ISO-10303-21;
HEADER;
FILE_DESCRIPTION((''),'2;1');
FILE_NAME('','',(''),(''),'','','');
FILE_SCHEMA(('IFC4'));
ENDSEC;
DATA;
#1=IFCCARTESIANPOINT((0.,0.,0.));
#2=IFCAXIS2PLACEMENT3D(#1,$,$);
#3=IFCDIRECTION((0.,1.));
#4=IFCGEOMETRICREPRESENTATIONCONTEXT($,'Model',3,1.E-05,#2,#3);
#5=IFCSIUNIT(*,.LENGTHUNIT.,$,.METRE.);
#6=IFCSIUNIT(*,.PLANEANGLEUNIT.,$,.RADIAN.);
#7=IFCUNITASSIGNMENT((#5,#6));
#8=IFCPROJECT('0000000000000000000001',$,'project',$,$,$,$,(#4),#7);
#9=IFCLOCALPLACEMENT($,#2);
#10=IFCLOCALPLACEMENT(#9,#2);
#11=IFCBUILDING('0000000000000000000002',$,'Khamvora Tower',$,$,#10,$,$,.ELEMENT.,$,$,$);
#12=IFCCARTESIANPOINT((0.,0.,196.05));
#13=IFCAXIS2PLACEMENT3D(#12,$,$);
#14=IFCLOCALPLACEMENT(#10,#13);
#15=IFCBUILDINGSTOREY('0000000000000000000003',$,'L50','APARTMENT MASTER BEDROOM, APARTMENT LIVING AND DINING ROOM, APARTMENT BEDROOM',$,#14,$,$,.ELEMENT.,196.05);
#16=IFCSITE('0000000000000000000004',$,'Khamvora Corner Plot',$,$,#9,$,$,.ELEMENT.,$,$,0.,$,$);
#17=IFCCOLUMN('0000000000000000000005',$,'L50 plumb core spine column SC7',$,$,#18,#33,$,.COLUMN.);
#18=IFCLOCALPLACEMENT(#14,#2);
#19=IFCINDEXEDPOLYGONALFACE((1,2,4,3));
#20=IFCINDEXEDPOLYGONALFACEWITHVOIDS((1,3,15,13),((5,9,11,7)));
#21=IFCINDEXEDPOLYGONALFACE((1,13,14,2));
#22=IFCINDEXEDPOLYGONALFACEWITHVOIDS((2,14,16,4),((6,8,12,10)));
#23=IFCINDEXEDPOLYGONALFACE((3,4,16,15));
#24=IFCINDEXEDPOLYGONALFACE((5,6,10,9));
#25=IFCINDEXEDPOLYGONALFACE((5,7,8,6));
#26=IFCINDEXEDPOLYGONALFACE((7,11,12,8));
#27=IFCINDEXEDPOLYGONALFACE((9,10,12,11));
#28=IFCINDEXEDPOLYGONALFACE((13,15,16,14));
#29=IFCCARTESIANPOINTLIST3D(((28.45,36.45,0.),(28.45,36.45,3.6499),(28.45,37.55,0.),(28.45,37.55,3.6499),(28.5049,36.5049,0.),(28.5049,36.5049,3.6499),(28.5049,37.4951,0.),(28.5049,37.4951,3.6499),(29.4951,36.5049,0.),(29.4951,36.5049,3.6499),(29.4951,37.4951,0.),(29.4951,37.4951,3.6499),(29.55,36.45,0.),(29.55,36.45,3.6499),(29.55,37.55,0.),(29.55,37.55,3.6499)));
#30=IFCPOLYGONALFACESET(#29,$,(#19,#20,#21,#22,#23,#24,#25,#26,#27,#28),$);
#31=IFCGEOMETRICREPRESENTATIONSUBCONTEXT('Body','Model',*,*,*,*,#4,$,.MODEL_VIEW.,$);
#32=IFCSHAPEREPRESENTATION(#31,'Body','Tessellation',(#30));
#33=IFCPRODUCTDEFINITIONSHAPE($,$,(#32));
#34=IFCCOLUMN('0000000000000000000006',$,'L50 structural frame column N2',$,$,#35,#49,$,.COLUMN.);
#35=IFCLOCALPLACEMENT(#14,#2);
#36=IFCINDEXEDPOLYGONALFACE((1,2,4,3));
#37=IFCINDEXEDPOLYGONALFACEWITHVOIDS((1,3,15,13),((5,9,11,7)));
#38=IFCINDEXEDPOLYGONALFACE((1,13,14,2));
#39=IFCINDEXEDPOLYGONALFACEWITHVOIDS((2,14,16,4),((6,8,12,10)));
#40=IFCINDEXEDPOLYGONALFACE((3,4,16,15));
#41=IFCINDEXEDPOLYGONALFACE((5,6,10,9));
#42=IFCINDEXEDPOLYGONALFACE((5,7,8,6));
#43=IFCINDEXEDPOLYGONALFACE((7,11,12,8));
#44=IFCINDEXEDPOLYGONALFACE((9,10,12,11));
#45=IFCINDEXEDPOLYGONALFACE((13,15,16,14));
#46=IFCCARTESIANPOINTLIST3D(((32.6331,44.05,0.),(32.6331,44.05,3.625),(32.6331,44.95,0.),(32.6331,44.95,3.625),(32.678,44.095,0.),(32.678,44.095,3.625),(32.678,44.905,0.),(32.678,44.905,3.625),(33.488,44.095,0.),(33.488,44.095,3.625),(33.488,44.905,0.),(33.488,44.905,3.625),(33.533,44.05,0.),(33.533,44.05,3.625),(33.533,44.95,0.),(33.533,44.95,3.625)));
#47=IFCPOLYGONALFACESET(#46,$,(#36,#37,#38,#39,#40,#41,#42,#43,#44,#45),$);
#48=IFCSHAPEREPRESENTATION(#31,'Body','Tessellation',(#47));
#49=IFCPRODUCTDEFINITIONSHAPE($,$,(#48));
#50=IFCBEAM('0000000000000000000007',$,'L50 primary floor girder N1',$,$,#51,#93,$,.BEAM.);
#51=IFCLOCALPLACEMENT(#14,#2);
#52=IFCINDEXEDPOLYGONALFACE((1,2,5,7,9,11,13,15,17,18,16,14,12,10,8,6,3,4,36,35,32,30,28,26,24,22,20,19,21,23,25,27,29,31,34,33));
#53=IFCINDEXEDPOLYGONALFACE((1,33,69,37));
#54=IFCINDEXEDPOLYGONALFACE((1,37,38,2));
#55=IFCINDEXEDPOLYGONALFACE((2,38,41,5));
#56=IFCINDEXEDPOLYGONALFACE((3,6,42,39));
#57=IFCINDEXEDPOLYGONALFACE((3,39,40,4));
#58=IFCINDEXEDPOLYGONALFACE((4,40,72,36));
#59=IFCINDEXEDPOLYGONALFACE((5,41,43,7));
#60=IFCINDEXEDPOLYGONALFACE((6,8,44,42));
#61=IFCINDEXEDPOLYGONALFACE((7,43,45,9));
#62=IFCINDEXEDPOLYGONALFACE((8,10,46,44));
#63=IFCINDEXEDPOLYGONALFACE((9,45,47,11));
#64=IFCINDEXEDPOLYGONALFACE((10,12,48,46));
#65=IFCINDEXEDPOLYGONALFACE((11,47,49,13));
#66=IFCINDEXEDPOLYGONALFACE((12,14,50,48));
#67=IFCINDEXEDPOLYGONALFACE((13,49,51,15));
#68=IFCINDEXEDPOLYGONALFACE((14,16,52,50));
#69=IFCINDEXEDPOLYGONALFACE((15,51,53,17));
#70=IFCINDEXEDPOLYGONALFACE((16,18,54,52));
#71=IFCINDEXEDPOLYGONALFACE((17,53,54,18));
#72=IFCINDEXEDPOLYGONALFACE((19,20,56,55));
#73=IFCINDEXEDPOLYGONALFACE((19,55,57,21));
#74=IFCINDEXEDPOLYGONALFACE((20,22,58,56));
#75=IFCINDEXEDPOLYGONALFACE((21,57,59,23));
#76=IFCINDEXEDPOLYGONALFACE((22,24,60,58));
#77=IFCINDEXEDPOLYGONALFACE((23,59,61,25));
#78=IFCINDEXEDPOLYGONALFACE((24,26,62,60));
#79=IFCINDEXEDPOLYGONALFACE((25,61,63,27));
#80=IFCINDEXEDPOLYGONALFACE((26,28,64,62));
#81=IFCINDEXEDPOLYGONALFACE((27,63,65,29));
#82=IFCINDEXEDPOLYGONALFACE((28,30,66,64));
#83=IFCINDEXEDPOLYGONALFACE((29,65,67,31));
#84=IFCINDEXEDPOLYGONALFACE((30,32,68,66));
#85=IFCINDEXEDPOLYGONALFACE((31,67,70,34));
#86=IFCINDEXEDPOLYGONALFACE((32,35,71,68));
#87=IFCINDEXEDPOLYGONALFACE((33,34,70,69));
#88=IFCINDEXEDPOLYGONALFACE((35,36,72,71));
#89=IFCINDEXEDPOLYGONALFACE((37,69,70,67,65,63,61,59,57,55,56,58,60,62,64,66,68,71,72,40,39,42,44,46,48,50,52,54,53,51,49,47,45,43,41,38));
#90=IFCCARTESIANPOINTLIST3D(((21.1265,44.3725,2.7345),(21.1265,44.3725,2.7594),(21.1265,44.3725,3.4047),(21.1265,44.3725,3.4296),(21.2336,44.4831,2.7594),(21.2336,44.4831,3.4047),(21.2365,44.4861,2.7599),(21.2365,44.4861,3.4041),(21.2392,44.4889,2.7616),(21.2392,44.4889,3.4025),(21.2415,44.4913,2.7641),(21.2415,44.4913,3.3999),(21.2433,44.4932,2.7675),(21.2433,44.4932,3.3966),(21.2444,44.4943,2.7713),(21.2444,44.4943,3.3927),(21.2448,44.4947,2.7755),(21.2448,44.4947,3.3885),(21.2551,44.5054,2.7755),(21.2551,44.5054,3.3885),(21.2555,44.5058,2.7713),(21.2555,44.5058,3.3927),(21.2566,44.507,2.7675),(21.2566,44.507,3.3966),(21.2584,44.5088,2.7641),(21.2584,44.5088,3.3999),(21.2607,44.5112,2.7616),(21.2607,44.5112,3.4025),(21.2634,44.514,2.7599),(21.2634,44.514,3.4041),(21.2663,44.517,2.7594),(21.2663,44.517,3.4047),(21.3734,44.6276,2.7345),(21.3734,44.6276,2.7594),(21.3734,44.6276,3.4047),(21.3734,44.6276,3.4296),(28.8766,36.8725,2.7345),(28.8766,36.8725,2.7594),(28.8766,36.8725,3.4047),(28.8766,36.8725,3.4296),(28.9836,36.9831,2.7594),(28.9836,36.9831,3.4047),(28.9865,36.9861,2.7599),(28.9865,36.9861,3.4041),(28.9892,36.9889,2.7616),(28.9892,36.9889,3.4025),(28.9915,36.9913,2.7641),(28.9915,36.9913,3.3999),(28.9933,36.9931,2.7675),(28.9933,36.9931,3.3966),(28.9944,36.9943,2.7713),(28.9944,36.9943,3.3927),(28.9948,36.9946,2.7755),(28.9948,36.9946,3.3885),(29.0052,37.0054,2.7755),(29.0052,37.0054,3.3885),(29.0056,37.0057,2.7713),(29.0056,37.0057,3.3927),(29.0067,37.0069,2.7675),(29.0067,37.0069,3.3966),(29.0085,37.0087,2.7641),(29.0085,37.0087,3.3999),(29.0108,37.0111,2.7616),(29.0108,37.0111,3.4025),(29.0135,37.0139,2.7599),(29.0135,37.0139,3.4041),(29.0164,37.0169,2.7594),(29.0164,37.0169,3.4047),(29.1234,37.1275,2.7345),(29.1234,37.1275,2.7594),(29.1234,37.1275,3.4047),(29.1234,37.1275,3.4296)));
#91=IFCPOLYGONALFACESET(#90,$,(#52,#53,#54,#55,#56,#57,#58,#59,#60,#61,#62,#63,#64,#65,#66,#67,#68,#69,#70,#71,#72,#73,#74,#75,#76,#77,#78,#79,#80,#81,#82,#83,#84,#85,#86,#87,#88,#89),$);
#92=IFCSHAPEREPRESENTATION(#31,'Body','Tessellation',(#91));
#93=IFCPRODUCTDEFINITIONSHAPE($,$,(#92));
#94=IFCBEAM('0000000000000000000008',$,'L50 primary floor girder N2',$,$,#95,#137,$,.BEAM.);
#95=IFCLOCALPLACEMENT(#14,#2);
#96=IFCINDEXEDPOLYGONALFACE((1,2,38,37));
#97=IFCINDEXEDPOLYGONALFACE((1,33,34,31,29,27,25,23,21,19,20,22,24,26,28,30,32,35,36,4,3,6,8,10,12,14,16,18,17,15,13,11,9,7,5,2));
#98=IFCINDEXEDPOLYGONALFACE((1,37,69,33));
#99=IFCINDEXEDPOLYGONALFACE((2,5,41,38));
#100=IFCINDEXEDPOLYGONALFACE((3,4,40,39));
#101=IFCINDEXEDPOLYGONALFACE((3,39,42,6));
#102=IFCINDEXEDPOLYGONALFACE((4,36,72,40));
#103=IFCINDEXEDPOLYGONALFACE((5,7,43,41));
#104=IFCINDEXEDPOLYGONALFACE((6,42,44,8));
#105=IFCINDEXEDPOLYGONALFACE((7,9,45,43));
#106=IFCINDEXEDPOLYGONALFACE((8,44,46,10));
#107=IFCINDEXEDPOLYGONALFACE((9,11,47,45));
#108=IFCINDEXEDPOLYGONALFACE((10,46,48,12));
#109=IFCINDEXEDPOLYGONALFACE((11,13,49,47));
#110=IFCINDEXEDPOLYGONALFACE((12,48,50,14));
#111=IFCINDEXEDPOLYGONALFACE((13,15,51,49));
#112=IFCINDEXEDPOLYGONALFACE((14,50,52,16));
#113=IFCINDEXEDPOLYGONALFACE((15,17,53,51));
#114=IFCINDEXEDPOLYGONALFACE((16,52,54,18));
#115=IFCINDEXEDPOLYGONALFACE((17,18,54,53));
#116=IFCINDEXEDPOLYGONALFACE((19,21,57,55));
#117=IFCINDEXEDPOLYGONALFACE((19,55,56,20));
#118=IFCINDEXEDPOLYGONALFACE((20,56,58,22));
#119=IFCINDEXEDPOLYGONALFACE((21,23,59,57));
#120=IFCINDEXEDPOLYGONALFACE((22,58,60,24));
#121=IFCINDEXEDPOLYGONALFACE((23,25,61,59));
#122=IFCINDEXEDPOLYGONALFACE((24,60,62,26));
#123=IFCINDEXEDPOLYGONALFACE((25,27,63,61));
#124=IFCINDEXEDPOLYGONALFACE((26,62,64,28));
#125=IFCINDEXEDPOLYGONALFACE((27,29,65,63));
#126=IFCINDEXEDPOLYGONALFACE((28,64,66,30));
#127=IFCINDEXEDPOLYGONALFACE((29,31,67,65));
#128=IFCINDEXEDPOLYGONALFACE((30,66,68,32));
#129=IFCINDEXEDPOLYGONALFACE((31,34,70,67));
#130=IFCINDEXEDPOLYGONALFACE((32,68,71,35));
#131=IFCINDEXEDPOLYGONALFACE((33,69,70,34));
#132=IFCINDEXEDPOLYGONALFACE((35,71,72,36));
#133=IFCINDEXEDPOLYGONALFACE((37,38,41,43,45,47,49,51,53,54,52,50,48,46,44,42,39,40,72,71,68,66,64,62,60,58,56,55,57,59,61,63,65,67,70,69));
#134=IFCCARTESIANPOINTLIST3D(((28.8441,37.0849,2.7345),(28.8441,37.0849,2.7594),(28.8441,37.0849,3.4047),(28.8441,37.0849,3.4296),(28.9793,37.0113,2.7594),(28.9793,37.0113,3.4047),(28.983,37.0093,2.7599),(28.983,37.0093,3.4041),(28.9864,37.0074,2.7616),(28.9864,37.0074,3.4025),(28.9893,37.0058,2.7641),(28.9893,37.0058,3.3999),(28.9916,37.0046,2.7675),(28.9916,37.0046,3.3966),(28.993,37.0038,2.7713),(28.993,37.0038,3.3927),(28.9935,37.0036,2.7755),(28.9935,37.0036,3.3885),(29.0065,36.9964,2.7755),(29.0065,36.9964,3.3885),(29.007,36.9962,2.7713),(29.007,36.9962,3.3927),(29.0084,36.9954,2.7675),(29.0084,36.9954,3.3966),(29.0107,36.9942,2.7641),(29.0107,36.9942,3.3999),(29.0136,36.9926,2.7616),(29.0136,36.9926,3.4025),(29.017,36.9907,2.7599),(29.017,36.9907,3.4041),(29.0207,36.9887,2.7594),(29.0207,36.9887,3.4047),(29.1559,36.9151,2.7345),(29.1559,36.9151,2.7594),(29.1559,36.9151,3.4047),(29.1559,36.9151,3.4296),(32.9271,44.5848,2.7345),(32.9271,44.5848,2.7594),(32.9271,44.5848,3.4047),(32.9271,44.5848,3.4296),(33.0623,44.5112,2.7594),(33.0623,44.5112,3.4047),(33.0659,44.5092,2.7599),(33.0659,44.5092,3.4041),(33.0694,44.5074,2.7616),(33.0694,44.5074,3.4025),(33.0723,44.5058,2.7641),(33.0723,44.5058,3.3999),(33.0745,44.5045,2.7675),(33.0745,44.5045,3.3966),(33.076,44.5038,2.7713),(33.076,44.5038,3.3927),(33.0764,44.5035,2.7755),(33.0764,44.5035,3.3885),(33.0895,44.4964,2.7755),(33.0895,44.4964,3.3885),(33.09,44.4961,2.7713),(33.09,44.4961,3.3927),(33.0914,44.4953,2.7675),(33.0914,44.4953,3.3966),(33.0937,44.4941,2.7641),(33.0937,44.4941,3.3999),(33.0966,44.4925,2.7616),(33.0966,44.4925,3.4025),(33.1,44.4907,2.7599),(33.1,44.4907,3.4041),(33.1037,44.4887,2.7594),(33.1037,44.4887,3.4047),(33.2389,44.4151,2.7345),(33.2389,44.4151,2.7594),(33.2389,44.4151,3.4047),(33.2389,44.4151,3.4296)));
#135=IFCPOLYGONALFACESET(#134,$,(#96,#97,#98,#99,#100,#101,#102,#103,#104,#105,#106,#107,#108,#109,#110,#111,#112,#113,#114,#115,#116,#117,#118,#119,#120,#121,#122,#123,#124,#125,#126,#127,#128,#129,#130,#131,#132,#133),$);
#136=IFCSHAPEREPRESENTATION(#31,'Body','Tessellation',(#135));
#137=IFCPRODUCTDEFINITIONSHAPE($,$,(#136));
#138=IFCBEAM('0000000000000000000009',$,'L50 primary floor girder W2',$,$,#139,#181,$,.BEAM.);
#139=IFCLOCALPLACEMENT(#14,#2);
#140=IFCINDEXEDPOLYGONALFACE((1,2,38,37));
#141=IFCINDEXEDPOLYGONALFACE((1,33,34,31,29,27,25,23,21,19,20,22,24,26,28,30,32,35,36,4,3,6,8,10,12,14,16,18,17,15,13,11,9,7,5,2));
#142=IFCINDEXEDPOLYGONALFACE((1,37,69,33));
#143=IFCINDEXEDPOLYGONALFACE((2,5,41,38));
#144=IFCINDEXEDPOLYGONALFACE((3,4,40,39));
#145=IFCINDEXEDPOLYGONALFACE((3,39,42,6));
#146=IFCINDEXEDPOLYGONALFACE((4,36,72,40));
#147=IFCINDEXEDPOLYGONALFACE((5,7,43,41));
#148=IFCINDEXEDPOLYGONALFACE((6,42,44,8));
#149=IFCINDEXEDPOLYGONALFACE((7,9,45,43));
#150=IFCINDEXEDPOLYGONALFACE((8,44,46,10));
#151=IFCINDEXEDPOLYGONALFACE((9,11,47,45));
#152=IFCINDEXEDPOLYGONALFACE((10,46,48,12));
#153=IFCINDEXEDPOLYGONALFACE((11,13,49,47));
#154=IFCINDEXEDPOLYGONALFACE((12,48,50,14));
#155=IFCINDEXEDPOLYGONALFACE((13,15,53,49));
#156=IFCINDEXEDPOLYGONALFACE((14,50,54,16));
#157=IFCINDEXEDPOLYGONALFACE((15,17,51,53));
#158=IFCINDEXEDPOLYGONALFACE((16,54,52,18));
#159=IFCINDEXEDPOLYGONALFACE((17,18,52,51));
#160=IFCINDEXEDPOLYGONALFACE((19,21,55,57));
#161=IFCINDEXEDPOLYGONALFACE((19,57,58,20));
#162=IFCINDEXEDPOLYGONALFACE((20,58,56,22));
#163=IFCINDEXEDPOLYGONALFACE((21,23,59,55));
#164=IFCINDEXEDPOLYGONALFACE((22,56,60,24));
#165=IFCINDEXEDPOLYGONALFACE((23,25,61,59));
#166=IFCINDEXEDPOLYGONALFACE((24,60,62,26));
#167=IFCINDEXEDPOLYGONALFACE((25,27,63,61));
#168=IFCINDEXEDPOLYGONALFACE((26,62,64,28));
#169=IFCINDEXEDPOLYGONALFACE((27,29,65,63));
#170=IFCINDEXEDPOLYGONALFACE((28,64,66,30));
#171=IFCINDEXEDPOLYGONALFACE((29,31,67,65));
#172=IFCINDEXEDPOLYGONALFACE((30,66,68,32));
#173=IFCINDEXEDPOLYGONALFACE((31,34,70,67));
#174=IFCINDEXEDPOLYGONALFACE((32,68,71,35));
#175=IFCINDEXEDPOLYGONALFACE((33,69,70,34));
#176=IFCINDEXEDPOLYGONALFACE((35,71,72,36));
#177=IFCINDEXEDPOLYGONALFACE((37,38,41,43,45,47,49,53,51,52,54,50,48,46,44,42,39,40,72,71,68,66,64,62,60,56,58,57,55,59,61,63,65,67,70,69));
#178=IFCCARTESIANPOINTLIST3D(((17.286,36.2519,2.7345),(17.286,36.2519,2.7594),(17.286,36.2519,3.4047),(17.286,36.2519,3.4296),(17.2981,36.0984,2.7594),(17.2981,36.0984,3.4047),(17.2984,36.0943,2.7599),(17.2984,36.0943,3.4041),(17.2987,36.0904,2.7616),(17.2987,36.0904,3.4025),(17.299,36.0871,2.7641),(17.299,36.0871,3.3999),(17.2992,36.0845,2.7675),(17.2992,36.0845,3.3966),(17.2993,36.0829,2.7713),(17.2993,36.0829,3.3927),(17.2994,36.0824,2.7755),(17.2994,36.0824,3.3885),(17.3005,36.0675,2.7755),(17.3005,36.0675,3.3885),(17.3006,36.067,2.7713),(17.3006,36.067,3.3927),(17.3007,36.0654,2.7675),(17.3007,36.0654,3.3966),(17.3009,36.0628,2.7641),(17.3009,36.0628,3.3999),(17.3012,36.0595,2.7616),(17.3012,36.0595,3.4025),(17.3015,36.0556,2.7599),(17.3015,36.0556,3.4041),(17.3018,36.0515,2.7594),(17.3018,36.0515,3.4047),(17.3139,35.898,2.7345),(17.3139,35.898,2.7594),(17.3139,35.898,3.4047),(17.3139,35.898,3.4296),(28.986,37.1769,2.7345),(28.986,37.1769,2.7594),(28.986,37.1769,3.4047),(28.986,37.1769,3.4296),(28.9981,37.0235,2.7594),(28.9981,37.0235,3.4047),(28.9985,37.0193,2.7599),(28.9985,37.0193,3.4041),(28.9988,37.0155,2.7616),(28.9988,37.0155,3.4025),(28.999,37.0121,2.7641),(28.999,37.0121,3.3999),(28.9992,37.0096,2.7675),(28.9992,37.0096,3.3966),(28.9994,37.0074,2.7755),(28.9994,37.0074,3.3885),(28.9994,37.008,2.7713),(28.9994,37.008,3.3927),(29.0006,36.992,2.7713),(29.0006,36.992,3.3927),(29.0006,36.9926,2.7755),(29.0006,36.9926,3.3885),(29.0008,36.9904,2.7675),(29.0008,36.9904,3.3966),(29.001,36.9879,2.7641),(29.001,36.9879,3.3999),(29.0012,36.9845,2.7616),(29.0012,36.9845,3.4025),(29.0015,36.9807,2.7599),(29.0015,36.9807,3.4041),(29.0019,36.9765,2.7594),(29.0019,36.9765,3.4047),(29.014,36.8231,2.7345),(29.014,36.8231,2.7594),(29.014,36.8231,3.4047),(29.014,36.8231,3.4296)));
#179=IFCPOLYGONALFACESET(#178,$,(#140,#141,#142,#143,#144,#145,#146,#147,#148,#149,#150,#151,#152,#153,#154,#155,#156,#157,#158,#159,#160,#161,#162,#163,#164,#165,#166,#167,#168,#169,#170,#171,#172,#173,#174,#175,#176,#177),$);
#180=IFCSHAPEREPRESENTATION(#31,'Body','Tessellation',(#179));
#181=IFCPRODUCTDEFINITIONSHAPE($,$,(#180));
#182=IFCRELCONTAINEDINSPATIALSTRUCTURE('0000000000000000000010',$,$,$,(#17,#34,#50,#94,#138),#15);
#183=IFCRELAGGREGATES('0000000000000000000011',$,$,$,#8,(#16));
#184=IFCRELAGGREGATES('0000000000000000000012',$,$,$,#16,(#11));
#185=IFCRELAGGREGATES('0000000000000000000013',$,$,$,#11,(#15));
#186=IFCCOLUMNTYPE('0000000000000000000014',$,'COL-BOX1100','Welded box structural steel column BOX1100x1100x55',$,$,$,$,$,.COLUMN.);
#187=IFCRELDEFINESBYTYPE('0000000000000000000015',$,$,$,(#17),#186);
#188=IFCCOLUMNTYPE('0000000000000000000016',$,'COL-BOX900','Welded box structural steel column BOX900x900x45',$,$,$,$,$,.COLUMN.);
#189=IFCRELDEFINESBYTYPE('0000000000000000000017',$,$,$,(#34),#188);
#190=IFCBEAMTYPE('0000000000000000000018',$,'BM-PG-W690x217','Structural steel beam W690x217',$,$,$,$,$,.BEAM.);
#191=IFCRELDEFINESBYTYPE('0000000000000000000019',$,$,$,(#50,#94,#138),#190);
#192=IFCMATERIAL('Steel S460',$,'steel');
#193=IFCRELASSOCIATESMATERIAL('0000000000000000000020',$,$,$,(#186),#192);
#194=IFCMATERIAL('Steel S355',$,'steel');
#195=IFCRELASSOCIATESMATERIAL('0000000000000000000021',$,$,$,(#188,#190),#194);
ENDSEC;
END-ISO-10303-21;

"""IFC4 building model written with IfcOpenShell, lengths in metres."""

from ifc_helpers import new_model, si_unit, direction, frame, origin, origin_2d, place, context, subcontext, project, spatial, hollow_rectangle, i_section, extrude, material, material_profile, profile_set, type_object, element, save


model = new_model("IFC4")

# Units and contexts
model_context = context("Model", 3, precision=1e-05, world=origin(), true_north=direction((0.0, 1.0)))
body_context = subcontext(model_context, "Body", "Model", "MODEL_VIEW")
ifc_project = project(units=[si_unit("LENGTHUNIT", "METRE"), si_unit("PLANEANGLEUNIT", "RADIAN")], contexts=[model_context])

# Site, building, storey
site_placement = place(None, origin())
site = spatial("IfcSite", under=ifc_project, at=site_placement, Name="Khamvora Corner Plot", CompositionType="ELEMENT", RefElevation=0.0)
building_placement = place(site_placement, origin())
building = spatial("IfcBuilding", under=site, at=building_placement, Name="Khamvora Tower", CompositionType="ELEMENT")
storey_placement = place(building_placement, frame((0.0, 0.0, 196.05)))
storey = spatial("IfcBuildingStorey", under=building, at=storey_placement, Name="L50", Description="APARTMENT MASTER BEDROOM, APARTMENT LIVING AND DINING ROOM, APARTMENT BEDROOM", CompositionType="ELEMENT", Elevation=196.05)

# Columns
ifc_material_1 = material(Name="Steel S460", Category="steel")
ifc_material_profile_1 = material_profile(ifc_material_1, hollow_rectangle(XDim=1.1001, YDim=1.1001, WallThickness=0.0549, at=origin_2d()), Name="BOX1100x1100x55")
ifc_profile_set_1 = profile_set([ifc_material_profile_1], Name="Steel S460")
column_type_1 = type_object("IfcColumnType", Name="COL-BOX1100", Description="Welded box structural steel column BOX1100x1100x55", PredefinedType="COLUMN", material=ifc_profile_set_1)
column_1_placement = place(storey_placement, frame((29.0, 37.0, 0.0), z_axis=(0.0, 0.0, 1.0), x_axis=(1.0, 0.0, 0.0)))
element("IfcColumn", 1, at=column_1_placement, inside=storey, type_object=column_type_1, Name="L50 plumb core spine column SC7", PredefinedType="COLUMN", context=body_context, shape_type="SweptSolid", body=[
    extrude(hollow_rectangle(XDim=1.1001, YDim=1.1001, WallThickness=0.0549, at=origin_2d()), origin(), (0.0, 0.0, 1.0), 3.6499),
])
ifc_material_2 = material(Name="Steel S355", Category="steel")
ifc_material_profile_2 = material_profile(ifc_material_2, hollow_rectangle(XDim=0.8999, YDim=0.8999, WallThickness=0.0449, at=origin_2d()), Name="BOX900x900x45")
ifc_profile_set_2 = profile_set([ifc_material_profile_2], Name="Steel S355")
column_type_2 = type_object("IfcColumnType", Name="COL-BOX900", Description="Welded box structural steel column BOX900x900x45", PredefinedType="COLUMN", material=ifc_profile_set_2)
column_2_placement = place(storey_placement, frame((33.083, 44.5, 0.0), z_axis=(0.0, 0.0, 1.0), x_axis=(1.0, 0.0, 0.0)))
element("IfcColumn", 2, at=column_2_placement, inside=storey, type_object=column_type_2, Name="L50 structural frame column N2", PredefinedType="COLUMN", context=body_context, shape_type="SweptSolid", body=[
    extrude(hollow_rectangle(XDim=0.8999, YDim=0.8999, WallThickness=0.0449, at=origin_2d()), origin(), (0.0, 0.0, 1.0), 3.625),
])

# Beams
ifc_material_profile_3 = material_profile(ifc_material_2, i_section(OverallWidth=0.355, OverallDepth=0.6951, WebThickness=0.0149, FlangeThickness=0.0249, FilletRadius=0.0161, at=origin_2d()), Name="W690x217")
ifc_profile_set_3 = profile_set([ifc_material_profile_3], Name="Steel S355")
beam_type_1 = type_object("IfcBeamType", Name="BM-PG-W690x217", Description="Structural steel beam W690x217", PredefinedType="BEAM", material=ifc_profile_set_3)
beam_1_placement = place(storey_placement, frame((29.0, 37.0, 3.082), z_axis=(-0.718602, 0.695421, 0.0), x_axis=(-0.695421, -0.718602, 0.0)))
element("IfcBeam", 3, at=beam_1_placement, inside=storey, type_object=beam_type_1, Name="L50 primary floor girder N1", PredefinedType="BEAM", context=body_context, shape_type="SweptSolid", body=[
    extrude(i_section(OverallWidth=0.355, OverallDepth=0.6951, WebThickness=0.0149, FlangeThickness=0.0249, FilletRadius=0.0161, at=origin_2d()), origin(), (0.0, 0.0, 1.0), 10.7849),
])
beam_2_placement = place(storey_placement, frame((29.0, 37.0, 3.082), z_axis=(0.478139, 0.878284, 0.0), x_axis=(-0.878284, 0.478139, 0.0)))
element("IfcBeam", 4, at=beam_2_placement, inside=storey, type_object=beam_type_1, Name="L50 primary floor girder N2", PredefinedType="BEAM", context=body_context, shape_type="SweptSolid", body=[
    extrude(i_section(OverallWidth=0.355, OverallDepth=0.6951, WebThickness=0.0149, FlangeThickness=0.0249, FilletRadius=0.0161, at=origin_2d()), origin(), (0.0, 0.0, 1.0), 8.5393),
])
beam_3_placement = place(storey_placement, frame((29.0, 37.0, 3.082), z_axis=(-0.996889, -0.078818, 0.0), x_axis=(0.078818, -0.996889, 0.0)))
element("IfcBeam", 5, at=beam_3_placement, inside=storey, type_object=beam_type_1, Name="L50 primary floor girder W2", PredefinedType="BEAM", context=body_context, shape_type="SweptSolid", body=[
    extrude(i_section(OverallWidth=0.355, OverallDepth=0.6951, WebThickness=0.0149, FlangeThickness=0.0249, FilletRadius=0.0161, at=origin_2d()), origin(), (0.0, 0.0, 1.0), 11.7366),
])

save(model, "model.ifc")
